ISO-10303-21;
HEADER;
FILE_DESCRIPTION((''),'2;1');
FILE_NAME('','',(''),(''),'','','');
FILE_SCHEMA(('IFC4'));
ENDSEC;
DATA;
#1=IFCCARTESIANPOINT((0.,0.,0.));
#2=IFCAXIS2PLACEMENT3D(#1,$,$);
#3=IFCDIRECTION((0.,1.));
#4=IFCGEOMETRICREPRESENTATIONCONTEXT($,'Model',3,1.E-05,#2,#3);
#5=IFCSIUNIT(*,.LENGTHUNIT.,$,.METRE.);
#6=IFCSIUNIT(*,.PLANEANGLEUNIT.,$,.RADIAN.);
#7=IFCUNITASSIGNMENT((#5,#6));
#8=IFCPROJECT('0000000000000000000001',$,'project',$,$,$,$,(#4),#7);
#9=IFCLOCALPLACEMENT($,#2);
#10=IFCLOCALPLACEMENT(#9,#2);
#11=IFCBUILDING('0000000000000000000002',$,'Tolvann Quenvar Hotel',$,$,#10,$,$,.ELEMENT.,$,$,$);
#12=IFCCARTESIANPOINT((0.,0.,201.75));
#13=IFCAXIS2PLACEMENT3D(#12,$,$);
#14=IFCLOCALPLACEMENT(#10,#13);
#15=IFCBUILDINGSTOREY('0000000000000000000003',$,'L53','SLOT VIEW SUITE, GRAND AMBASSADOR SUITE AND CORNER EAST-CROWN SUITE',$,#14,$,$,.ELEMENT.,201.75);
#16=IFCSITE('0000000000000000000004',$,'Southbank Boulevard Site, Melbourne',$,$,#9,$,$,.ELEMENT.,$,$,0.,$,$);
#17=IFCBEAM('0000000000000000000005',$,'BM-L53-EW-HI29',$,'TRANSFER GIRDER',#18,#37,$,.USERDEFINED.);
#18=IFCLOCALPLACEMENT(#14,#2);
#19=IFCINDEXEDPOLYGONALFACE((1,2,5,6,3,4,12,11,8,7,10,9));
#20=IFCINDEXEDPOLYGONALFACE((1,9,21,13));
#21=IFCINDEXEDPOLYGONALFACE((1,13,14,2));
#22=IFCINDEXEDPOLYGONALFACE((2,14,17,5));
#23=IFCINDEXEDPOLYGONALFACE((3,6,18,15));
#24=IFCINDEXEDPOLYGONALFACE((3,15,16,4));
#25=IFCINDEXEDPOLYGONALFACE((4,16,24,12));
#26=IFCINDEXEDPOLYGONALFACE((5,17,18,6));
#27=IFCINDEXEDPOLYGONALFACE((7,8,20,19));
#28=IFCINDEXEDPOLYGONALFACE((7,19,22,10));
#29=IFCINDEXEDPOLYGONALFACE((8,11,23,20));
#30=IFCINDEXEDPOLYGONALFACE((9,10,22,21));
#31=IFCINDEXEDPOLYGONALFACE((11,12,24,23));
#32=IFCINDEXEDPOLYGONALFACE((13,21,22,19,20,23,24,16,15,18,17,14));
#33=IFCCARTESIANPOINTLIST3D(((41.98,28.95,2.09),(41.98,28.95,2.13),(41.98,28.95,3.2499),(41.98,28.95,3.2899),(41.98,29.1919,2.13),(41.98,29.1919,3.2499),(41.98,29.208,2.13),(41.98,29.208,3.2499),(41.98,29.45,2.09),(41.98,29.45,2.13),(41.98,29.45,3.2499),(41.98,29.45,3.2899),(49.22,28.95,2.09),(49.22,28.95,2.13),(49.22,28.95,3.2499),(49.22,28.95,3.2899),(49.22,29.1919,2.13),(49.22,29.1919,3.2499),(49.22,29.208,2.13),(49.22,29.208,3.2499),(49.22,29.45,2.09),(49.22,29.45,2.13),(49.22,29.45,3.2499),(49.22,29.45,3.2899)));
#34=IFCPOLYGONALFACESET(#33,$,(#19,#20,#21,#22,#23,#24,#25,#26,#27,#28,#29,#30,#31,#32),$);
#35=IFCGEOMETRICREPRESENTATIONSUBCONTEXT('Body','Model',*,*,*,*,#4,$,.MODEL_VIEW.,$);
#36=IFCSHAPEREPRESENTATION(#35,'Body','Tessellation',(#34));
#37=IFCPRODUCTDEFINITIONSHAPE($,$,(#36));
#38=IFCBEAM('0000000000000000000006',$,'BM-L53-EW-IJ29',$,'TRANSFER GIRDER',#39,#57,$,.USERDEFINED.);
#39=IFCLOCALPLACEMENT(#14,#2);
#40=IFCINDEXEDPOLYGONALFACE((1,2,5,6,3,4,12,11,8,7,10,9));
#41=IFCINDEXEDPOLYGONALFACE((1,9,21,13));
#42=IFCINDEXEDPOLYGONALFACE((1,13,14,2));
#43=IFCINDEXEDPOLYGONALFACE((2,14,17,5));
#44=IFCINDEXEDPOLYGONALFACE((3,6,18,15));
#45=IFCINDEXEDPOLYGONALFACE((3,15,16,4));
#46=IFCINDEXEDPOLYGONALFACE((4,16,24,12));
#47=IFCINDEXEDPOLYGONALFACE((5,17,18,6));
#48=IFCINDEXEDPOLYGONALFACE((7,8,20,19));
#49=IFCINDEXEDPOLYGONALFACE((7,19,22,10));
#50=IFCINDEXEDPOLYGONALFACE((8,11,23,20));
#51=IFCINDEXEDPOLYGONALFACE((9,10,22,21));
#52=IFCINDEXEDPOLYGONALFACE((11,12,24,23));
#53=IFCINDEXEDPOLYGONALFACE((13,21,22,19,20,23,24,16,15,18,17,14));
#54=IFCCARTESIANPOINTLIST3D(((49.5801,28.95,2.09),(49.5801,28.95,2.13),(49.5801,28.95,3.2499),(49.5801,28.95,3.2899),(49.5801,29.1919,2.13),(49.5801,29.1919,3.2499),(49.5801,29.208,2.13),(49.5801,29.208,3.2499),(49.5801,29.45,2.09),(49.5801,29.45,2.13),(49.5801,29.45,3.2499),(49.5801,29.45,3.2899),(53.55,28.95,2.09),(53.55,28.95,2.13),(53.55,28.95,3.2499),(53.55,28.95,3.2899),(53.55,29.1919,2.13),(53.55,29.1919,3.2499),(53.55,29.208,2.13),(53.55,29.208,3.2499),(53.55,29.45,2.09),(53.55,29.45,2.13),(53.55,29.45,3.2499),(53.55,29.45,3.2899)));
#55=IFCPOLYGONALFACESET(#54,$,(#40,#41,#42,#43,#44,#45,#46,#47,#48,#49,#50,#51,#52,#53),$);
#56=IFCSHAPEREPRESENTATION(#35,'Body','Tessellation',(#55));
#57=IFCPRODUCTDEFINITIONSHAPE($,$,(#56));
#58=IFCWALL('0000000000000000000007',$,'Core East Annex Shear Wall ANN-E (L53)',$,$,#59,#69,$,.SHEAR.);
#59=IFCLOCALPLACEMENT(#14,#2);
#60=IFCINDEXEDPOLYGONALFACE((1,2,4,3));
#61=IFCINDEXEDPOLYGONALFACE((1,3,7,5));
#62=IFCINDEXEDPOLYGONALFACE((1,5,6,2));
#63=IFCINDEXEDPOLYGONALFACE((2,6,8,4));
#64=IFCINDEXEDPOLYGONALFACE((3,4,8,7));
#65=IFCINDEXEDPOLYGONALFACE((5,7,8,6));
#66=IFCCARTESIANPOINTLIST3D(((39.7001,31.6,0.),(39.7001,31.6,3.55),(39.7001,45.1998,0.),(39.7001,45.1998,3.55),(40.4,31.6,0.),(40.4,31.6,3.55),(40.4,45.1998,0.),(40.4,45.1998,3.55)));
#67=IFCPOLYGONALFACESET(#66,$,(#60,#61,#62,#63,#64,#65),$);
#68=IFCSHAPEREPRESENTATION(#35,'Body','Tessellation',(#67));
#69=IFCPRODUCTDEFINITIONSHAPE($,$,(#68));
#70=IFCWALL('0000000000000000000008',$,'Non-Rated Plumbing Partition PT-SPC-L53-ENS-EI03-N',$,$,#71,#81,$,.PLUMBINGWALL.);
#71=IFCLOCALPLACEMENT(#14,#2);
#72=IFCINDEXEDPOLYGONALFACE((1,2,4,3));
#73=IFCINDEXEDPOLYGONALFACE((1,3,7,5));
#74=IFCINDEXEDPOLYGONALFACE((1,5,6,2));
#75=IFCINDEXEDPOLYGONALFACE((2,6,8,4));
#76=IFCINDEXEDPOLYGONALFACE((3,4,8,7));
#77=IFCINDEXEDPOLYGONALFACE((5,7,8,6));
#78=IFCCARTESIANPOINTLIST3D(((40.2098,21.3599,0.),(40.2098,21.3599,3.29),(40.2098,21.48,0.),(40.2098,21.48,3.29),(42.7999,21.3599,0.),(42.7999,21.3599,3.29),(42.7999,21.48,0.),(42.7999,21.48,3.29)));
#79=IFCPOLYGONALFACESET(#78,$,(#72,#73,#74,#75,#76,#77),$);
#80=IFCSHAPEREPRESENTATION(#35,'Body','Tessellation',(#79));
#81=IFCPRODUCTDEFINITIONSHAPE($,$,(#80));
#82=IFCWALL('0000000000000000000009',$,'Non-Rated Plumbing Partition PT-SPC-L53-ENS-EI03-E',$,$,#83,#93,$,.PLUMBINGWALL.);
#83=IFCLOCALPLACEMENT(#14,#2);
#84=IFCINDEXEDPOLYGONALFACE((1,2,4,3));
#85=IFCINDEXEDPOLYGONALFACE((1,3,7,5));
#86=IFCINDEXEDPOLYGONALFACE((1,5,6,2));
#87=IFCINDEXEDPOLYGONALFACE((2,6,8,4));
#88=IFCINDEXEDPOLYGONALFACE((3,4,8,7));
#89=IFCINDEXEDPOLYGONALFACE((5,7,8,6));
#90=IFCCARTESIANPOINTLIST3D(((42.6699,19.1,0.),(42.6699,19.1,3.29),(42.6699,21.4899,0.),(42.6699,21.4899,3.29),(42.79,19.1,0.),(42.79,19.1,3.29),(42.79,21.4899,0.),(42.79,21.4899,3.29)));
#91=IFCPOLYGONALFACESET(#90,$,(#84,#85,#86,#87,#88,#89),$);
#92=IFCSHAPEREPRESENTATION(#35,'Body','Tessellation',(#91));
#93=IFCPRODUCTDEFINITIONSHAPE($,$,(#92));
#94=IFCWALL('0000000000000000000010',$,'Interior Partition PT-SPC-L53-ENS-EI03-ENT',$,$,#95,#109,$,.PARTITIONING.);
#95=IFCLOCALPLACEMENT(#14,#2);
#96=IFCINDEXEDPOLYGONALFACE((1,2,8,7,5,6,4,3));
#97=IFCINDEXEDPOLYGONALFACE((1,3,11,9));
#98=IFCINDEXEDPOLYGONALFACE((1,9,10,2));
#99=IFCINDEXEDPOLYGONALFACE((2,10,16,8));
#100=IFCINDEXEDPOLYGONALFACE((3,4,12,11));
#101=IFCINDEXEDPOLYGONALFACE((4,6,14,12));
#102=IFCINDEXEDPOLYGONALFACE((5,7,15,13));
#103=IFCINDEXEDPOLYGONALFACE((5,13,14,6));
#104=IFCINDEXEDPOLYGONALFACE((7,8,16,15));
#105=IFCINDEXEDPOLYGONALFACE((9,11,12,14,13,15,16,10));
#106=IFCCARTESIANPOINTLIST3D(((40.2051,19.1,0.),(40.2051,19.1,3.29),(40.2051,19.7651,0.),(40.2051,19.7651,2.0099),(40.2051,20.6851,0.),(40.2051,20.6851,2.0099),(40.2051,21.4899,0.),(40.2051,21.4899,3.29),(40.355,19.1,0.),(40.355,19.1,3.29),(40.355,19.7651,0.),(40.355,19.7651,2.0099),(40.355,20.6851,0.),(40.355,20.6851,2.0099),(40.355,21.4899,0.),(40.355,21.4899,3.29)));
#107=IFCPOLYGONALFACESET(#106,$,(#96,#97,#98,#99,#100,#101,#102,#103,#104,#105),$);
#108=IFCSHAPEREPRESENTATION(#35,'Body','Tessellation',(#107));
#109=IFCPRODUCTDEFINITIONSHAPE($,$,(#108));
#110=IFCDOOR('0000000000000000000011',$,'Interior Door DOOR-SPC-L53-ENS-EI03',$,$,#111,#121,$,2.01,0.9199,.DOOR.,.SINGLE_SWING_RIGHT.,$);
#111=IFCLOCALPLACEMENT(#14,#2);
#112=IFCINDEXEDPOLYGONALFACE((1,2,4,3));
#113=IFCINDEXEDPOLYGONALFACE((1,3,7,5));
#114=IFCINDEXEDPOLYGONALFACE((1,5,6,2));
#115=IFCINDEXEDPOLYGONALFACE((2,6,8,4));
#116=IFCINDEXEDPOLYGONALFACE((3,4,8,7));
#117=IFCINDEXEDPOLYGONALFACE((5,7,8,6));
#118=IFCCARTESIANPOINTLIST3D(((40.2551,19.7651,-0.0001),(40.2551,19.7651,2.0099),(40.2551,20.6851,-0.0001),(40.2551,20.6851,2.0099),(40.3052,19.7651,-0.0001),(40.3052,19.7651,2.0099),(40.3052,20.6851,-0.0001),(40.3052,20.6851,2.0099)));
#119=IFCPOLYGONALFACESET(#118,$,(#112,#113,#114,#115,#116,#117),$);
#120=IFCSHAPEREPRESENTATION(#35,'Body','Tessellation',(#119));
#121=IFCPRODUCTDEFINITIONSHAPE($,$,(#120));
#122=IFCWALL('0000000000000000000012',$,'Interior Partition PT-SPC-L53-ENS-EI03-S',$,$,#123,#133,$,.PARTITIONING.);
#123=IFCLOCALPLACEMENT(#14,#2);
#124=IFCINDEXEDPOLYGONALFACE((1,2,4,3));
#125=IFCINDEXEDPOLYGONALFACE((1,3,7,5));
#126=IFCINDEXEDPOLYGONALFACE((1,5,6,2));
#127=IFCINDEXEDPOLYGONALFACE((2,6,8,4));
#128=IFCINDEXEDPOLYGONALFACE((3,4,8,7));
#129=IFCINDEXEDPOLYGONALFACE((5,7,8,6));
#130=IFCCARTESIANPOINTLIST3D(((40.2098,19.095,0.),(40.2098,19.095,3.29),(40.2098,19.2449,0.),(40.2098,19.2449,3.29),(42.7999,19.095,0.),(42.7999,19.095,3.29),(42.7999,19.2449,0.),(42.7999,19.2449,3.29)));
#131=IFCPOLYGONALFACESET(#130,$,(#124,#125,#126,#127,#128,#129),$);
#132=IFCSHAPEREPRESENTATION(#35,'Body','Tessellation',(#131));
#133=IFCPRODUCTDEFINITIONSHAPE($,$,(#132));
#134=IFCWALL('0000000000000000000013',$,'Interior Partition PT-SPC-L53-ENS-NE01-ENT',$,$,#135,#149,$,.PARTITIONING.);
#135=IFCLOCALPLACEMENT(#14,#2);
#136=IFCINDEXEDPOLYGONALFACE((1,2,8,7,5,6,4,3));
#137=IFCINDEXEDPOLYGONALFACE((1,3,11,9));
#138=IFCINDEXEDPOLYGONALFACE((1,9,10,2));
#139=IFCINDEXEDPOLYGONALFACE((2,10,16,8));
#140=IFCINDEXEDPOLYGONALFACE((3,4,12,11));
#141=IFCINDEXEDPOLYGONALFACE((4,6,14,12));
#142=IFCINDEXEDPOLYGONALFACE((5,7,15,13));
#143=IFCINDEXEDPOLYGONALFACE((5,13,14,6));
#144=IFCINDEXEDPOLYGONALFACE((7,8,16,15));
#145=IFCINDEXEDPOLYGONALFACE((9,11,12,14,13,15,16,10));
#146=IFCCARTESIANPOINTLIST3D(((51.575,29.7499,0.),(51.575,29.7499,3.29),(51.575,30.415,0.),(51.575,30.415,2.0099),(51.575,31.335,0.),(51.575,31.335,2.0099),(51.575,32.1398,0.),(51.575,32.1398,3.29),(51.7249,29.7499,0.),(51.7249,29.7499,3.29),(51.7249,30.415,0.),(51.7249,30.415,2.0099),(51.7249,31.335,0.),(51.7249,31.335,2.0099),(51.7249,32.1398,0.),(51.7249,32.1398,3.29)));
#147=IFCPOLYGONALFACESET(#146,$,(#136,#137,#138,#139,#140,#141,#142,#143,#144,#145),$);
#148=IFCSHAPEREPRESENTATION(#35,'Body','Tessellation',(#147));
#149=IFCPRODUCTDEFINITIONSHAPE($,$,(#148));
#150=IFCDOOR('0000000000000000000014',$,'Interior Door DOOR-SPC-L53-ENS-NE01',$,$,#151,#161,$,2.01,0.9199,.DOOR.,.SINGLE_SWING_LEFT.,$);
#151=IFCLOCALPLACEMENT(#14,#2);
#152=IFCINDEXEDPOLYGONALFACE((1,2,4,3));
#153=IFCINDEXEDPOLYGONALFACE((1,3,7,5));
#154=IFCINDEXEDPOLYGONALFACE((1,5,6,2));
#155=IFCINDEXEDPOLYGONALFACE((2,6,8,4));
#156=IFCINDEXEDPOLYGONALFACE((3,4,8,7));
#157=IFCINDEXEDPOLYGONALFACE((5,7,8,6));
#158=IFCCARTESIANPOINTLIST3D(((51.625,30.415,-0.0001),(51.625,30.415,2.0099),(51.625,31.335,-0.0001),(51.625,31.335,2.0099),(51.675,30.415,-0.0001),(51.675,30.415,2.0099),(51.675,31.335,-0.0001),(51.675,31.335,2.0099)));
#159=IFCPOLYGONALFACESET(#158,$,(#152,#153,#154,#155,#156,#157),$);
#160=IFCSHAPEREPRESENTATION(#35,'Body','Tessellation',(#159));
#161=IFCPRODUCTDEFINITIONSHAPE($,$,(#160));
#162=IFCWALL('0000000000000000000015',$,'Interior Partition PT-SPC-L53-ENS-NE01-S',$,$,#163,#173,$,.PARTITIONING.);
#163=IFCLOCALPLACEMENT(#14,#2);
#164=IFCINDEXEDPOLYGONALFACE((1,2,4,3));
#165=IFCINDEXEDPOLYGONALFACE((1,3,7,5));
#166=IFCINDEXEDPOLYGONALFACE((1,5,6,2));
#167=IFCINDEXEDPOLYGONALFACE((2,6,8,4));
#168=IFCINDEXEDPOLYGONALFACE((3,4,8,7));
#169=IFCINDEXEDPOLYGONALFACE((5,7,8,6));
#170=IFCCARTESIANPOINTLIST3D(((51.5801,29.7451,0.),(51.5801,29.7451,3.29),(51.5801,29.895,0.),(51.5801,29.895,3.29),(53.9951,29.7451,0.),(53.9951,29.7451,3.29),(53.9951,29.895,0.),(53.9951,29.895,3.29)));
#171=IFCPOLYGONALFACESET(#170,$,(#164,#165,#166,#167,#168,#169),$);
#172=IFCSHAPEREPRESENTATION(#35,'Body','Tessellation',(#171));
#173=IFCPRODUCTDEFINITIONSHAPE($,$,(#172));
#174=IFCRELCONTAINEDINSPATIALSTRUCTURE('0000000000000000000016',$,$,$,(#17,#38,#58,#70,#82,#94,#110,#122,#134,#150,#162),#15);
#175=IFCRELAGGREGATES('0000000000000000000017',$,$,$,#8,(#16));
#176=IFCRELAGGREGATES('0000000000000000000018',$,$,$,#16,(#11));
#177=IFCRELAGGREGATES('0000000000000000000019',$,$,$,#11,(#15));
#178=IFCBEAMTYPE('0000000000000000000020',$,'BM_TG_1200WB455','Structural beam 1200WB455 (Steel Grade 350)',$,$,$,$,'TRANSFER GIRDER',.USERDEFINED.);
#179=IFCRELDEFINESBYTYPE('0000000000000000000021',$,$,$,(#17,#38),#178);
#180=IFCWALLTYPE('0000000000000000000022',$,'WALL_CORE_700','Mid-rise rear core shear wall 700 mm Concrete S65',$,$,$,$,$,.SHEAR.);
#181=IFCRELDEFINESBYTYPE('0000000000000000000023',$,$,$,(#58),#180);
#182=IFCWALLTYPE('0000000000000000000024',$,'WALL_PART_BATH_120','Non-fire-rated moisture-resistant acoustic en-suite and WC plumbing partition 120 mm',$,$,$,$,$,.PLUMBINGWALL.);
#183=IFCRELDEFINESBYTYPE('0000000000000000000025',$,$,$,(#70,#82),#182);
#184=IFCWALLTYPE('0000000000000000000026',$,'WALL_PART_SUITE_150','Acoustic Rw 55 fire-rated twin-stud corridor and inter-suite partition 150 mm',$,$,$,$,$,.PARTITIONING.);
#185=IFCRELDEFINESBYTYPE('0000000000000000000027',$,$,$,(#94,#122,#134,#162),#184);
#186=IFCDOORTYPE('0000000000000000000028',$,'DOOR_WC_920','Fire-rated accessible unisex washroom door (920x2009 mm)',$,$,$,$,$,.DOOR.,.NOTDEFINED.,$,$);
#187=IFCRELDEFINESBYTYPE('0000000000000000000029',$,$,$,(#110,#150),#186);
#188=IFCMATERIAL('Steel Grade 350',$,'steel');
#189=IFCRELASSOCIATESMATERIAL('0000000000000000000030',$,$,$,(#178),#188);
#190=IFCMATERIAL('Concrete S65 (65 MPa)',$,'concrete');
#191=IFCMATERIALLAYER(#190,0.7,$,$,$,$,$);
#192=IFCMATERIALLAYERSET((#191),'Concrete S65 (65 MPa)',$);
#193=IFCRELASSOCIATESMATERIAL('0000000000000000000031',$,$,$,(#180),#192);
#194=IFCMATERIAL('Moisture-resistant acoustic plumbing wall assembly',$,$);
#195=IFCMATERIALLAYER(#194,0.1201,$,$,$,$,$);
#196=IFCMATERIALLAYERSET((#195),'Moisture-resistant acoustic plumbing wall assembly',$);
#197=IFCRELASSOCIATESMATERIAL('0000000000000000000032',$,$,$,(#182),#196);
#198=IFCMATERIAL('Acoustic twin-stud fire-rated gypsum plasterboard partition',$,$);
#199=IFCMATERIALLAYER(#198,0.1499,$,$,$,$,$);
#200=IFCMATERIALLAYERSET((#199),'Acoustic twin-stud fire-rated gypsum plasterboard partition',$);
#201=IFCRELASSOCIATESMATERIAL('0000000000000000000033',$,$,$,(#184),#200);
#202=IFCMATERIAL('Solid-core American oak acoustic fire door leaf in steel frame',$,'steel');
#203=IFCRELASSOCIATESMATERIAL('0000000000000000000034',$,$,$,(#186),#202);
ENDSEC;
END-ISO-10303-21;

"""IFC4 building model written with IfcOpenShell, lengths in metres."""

from ifc_helpers import new_model, si_unit, direction, frame, frame_2d, origin, origin_2d, place, context, subcontext, project, spatial, rectangle, i_section, extrude, source, transform, mapped, material, layer, layer_set, material_profile, profile_set, type_object, type_shapes, element, fill, save


model = new_model("IFC4")

# Units and contexts
model_context = context("Model", 3, precision=1e-05, world=origin(), true_north=direction((0.0, 1.0)))
body_context = subcontext(model_context, "Body", "Model", "MODEL_VIEW")
ifc_project = project(units=[si_unit("LENGTHUNIT", "METRE"), si_unit("PLANEANGLEUNIT", "RADIAN")], contexts=[model_context])

# Site, building, storey
site_placement = place(None, origin())
site = spatial("IfcSite", under=ifc_project, at=site_placement, Name="Southbank Boulevard Site, Melbourne", CompositionType="ELEMENT", RefElevation=0.0)
building_placement = place(site_placement, origin())
building = spatial("IfcBuilding", under=site, at=building_placement, Name="Tolvann Quenvar Hotel", CompositionType="ELEMENT")
storey_placement = place(building_placement, frame((0.0, 0.0, 201.75)))
storey = spatial("IfcBuildingStorey", under=building, at=storey_placement, Name="L53", Description="SLOT VIEW SUITE, GRAND AMBASSADOR SUITE AND CORNER EAST-CROWN SUITE", CompositionType="ELEMENT", Elevation=201.75)

# Shared definitions
ifc_material_1 = material(Name="Steel Grade 350", Category="steel")

# Beams
ifc_material_profile_1 = material_profile(ifc_material_1, i_section(OverallWidth=0.5, OverallDepth=1.2, WebThickness=0.0161, FlangeThickness=0.04, at=origin_2d()), Name="1200WB455")
ifc_profile_set_1 = profile_set([ifc_material_profile_1], Name="Steel Grade 350")
beam_type = type_object("IfcBeamType", Name="BM_TG_1200WB455", Description="Structural beam 1200WB455 (Steel Grade 350)", ElementType="TRANSFER GIRDER", PredefinedType="USERDEFINED", material=ifc_profile_set_1)
shared_shape_1 = source(origin(), body_context, "Body", "SweptSolid", [
    extrude(i_section(OverallWidth=0.5, OverallDepth=1.2, WebThickness=0.0161, FlangeThickness=0.04, at=origin_2d()), origin(), (0.0, 0.0, 1.0), 7.24),
])
for number, where, z_axis, x_axis, name in (
    (1, (41.98, 29.2, 2.6899), (1.0, 0.0, 0.0), (0.0, 1.0, 0.0), "BM-L53-EW-HI29"),
):
    element("IfcBeam", number, at=place(storey_placement, frame(where, z_axis=z_axis, x_axis=x_axis)), inside=storey, type_object=beam_type, Name=name, ObjectType="TRANSFER GIRDER", PredefinedType="USERDEFINED", context=body_context, shape_type="MappedRepresentation", body=[
        mapped(shared_shape_1, transform((0.0, 0.0, 0.0), x_axis=(1.0, 0.0, 0.0), y_axis=(0.0, 1.0, 0.0), z_axis=(0.0, 0.0, 1.0), scale=1.0)),
    ])
shared_shape_2 = source(origin(), body_context, "Body", "SweptSolid", [
    extrude(i_section(OverallWidth=0.5, OverallDepth=1.2, WebThickness=0.0161, FlangeThickness=0.04, at=origin_2d()), origin(), (0.0, 0.0, 1.0), 3.97),
])
beam_1_placement = place(storey_placement, frame((49.5801, 29.2, 2.6899), z_axis=(1.0, 0.0, 0.0), x_axis=(0.0, 1.0, 0.0)))
element("IfcBeam", 2, at=beam_1_placement, inside=storey, type_object=beam_type, Name="BM-L53-EW-IJ29", ObjectType="TRANSFER GIRDER", PredefinedType="USERDEFINED", context=body_context, shape_type="MappedRepresentation", body=[
    mapped(shared_shape_2, transform((0.0, 0.0, 0.0), x_axis=(1.0, 0.0, 0.0), y_axis=(0.0, 1.0, 0.0), z_axis=(0.0, 0.0, 1.0), scale=1.0)),
])

# Walls
ifc_material_2 = material(Name="Concrete S65 (65 MPa)", Category="concrete")
ifc_layer_1 = layer(ifc_material_2, 0.7)
ifc_layer_set_1 = layer_set([ifc_layer_1], Name="Concrete S65 (65 MPa)")
wall_type_1 = type_object("IfcWallType", Name="WALL_CORE_700", Description="Mid-rise rear core shear wall 700 mm Concrete S65", PredefinedType="SHEAR", material=ifc_layer_set_1)
wall_1_placement = place(storey_placement, frame((40.05, 31.6001, 0.0), z_axis=(0.0, 0.0, 1.0), x_axis=(0.0, 1.0, 0.0)))
element("IfcWall", 3, at=wall_1_placement, inside=storey, type_object=wall_type_1, Name="Core East Annex Shear Wall ANN-E (L53)", PredefinedType="SHEAR", context=body_context, shape_type="SweptSolid", body=[
    extrude(rectangle(XDim=13.5999, YDim=0.7, at=frame_2d((6.7998, 0.0))), origin(), (0.0, 0.0, 1.0), 3.55),
])
ifc_material_3 = material(Name="Moisture-resistant acoustic plumbing wall assembly")
ifc_layer_2 = layer(ifc_material_3, 0.1201)
ifc_layer_set_2 = layer_set([ifc_layer_2], Name="Moisture-resistant acoustic plumbing wall assembly")
wall_type_2 = type_object("IfcWallType", Name="WALL_PART_BATH_120", Description="Non-fire-rated moisture-resistant acoustic en-suite and WC plumbing partition 120 mm", PredefinedType="PLUMBINGWALL", material=ifc_layer_set_2)
wall_2_placement = place(storey_placement, frame((40.21, 21.4199, 0.0), z_axis=(0.0, 0.0, 1.0), x_axis=(1.0, 0.0, 0.0)))
element("IfcWall", 4, at=wall_2_placement, inside=storey, type_object=wall_type_2, Name="Non-Rated Plumbing Partition PT-SPC-L53-ENS-EI03-N", PredefinedType="PLUMBINGWALL", context=body_context, shape_type="SweptSolid", body=[
    extrude(rectangle(XDim=2.5901, YDim=0.1201, at=frame_2d((1.2949, 0.0))), origin(), (0.0, 0.0, 1.0), 3.29),
])
wall_3_placement = place(storey_placement, frame((42.73, 19.1001, 0.0), z_axis=(0.0, 0.0, 1.0), x_axis=(0.0, 1.0, 0.0)))
element("IfcWall", 5, at=wall_3_placement, inside=storey, type_object=wall_type_2, Name="Non-Rated Plumbing Partition PT-SPC-L53-ENS-EI03-E", PredefinedType="PLUMBINGWALL", context=body_context, shape_type="SweptSolid", body=[
    extrude(rectangle(XDim=2.3899, YDim=0.1201, at=frame_2d((1.1948, 0.0))), origin(), (0.0, 0.0, 1.0), 3.29),
])

# Wall, opening, door
ifc_material_4 = material(Name="Acoustic twin-stud fire-rated gypsum plasterboard partition")
ifc_layer_3 = layer(ifc_material_4, 0.1499)
ifc_layer_set_3 = layer_set([ifc_layer_3], Name="Acoustic twin-stud fire-rated gypsum plasterboard partition")
wall_type_3 = type_object("IfcWallType", Name="WALL_PART_SUITE_150", Description="Acoustic Rw 55 fire-rated twin-stud corridor and inter-suite partition 150 mm", PredefinedType="PARTITIONING", material=ifc_layer_set_3)
wall_4_placement = place(storey_placement, frame((40.28, 19.1001, 0.0), z_axis=(0.0, 0.0, 1.0), x_axis=(0.0, 1.0, 0.0)))
wall_4 = element("IfcWall", 6, at=wall_4_placement, inside=storey, type_object=wall_type_3, Name="Interior Partition PT-SPC-L53-ENS-EI03-ENT", PredefinedType="PARTITIONING", context=body_context, shape_type="SweptSolid", body=[
    extrude(rectangle(XDim=2.3899, YDim=0.1499, at=frame_2d((1.1948, 0.0))), origin(), (0.0, 0.0, 1.0), 3.29),
])
opening_1_placement = place(wall_4_placement, frame((0.665, 0.0, 0.0)))
opening_1 = element("IfcOpeningElement", 7, at=opening_1_placement, cuts=wall_4, PredefinedType="OPENING", context=body_context, shape_type="SweptSolid", body=[
    extrude(rectangle(XDim=0.9199, YDim=2.01, at=frame_2d((0.46, 1.0049))), frame((0.0, 0.085, 0.0), z_axis=(0.0, -1.0, 0.0), x_axis=(1.0, 0.0, 0.0)), (0.0, 0.0, 1.0), 0.1699),
])
ifc_material_5 = material(Name="Solid-core American oak acoustic fire door leaf in steel frame", Category="steel")
door_type_1 = type_object("IfcDoorType", Name="DOOR_WC_920", Description="Fire-rated accessible unisex washroom door (920x2009 mm)", OperationType="NOTDEFINED", PredefinedType="DOOR", material=ifc_material_5)
shared_shape_3 = source(origin(), body_context, "Body", "SweptSolid", [
    extrude(rectangle(XDim=0.9199, YDim=2.01, at=frame_2d((0.46, 1.0049))), frame((0.0, 0.0249, 0.0), z_axis=(0.0, -1.0, 0.0), x_axis=(1.0, 0.0, 0.0)), (0.0, 0.0, 1.0), 0.05),
])
type_shapes(door_type_1, [shared_shape_3])
door_1_placement = place(opening_1_placement, origin())
door_1 = element("IfcDoor", 8, at=door_1_placement, inside=storey, type_object=door_type_1, Name="Interior Door DOOR-SPC-L53-ENS-EI03", OperationType="SINGLE_SWING_RIGHT", OverallHeight=2.01, OverallWidth=0.9199, PredefinedType="DOOR", context=body_context, shape_type="MappedRepresentation", body=[
    mapped(shared_shape_3, transform((0.0, 0.0, 0.0), x_axis=(1.0, 0.0, 0.0), y_axis=(0.0, 1.0, 0.0), z_axis=(0.0, 0.0, 1.0), scale=1.0)),
])
fill(opening_1, door_1)

# Wall
wall_5_placement = place(storey_placement, frame((40.21, 19.1699, 0.0), z_axis=(0.0, 0.0, 1.0), x_axis=(1.0, 0.0, 0.0)))
element("IfcWall", 9, at=wall_5_placement, inside=storey, type_object=wall_type_3, Name="Interior Partition PT-SPC-L53-ENS-EI03-S", PredefinedType="PARTITIONING", context=body_context, shape_type="SweptSolid", body=[
    extrude(rectangle(XDim=2.5901, YDim=0.1499, at=frame_2d((1.2949, 0.0))), origin(), (0.0, 0.0, 1.0), 3.29),
])

# Wall, opening, door
wall_6_placement = place(storey_placement, frame((51.6499, 29.75, 0.0), z_axis=(0.0, 0.0, 1.0), x_axis=(0.0, 1.0, 0.0)))
wall_6 = element("IfcWall", 10, at=wall_6_placement, inside=storey, type_object=wall_type_3, Name="Interior Partition PT-SPC-L53-ENS-NE01-ENT", PredefinedType="PARTITIONING", context=body_context, shape_type="SweptSolid", body=[
    extrude(rectangle(XDim=2.3899, YDim=0.1499, at=frame_2d((1.1948, 0.0))), origin(), (0.0, 0.0, 1.0), 3.29),
])
opening_2_placement = place(wall_6_placement, frame((0.665, 0.0, 0.0)))
opening_2 = element("IfcOpeningElement", 11, at=opening_2_placement, cuts=wall_6, PredefinedType="OPENING", context=body_context, shape_type="SweptSolid", body=[
    extrude(rectangle(XDim=0.9199, YDim=2.01, at=frame_2d((0.46, 1.0049))), frame((0.0, 0.085, 0.0), z_axis=(0.0, -1.0, 0.0), x_axis=(1.0, 0.0, 0.0)), (0.0, 0.0, 1.0), 0.1699),
])
door_2_placement = place(opening_2_placement, origin())
door_2 = element("IfcDoor", 12, at=door_2_placement, inside=storey, type_object=door_type_1, Name="Interior Door DOOR-SPC-L53-ENS-NE01", OperationType="SINGLE_SWING_LEFT", OverallHeight=2.01, OverallWidth=0.9199, PredefinedType="DOOR", context=body_context, shape_type="MappedRepresentation", body=[
    mapped(shared_shape_3, transform((0.0, 0.0, 0.0), x_axis=(1.0, 0.0, 0.0), y_axis=(0.0, 1.0, 0.0), z_axis=(0.0, 0.0, 1.0), scale=1.0)),
])
fill(opening_2, door_2)

# Wall
for number, where, z_axis, x_axis, name in (
    (13, (51.5801, 29.8201, 0.0), (0.0, 0.0, 1.0), (1.0, 0.0, 0.0), "Interior Partition PT-SPC-L53-ENS-NE01-S"),
):
    element("IfcWall", number, at=place(storey_placement, frame(where, z_axis=z_axis, x_axis=x_axis)), inside=storey, type_object=wall_type_3, Name=name, PredefinedType="PARTITIONING", context=body_context, shape_type="SweptSolid", body=[
        extrude(rectangle(XDim=2.415, YDim=0.1499, at=frame_2d((1.2075, 0.0))), origin(), (0.0, 0.0, 1.0), 3.29),
    ])

save(model, "model.ifc")
